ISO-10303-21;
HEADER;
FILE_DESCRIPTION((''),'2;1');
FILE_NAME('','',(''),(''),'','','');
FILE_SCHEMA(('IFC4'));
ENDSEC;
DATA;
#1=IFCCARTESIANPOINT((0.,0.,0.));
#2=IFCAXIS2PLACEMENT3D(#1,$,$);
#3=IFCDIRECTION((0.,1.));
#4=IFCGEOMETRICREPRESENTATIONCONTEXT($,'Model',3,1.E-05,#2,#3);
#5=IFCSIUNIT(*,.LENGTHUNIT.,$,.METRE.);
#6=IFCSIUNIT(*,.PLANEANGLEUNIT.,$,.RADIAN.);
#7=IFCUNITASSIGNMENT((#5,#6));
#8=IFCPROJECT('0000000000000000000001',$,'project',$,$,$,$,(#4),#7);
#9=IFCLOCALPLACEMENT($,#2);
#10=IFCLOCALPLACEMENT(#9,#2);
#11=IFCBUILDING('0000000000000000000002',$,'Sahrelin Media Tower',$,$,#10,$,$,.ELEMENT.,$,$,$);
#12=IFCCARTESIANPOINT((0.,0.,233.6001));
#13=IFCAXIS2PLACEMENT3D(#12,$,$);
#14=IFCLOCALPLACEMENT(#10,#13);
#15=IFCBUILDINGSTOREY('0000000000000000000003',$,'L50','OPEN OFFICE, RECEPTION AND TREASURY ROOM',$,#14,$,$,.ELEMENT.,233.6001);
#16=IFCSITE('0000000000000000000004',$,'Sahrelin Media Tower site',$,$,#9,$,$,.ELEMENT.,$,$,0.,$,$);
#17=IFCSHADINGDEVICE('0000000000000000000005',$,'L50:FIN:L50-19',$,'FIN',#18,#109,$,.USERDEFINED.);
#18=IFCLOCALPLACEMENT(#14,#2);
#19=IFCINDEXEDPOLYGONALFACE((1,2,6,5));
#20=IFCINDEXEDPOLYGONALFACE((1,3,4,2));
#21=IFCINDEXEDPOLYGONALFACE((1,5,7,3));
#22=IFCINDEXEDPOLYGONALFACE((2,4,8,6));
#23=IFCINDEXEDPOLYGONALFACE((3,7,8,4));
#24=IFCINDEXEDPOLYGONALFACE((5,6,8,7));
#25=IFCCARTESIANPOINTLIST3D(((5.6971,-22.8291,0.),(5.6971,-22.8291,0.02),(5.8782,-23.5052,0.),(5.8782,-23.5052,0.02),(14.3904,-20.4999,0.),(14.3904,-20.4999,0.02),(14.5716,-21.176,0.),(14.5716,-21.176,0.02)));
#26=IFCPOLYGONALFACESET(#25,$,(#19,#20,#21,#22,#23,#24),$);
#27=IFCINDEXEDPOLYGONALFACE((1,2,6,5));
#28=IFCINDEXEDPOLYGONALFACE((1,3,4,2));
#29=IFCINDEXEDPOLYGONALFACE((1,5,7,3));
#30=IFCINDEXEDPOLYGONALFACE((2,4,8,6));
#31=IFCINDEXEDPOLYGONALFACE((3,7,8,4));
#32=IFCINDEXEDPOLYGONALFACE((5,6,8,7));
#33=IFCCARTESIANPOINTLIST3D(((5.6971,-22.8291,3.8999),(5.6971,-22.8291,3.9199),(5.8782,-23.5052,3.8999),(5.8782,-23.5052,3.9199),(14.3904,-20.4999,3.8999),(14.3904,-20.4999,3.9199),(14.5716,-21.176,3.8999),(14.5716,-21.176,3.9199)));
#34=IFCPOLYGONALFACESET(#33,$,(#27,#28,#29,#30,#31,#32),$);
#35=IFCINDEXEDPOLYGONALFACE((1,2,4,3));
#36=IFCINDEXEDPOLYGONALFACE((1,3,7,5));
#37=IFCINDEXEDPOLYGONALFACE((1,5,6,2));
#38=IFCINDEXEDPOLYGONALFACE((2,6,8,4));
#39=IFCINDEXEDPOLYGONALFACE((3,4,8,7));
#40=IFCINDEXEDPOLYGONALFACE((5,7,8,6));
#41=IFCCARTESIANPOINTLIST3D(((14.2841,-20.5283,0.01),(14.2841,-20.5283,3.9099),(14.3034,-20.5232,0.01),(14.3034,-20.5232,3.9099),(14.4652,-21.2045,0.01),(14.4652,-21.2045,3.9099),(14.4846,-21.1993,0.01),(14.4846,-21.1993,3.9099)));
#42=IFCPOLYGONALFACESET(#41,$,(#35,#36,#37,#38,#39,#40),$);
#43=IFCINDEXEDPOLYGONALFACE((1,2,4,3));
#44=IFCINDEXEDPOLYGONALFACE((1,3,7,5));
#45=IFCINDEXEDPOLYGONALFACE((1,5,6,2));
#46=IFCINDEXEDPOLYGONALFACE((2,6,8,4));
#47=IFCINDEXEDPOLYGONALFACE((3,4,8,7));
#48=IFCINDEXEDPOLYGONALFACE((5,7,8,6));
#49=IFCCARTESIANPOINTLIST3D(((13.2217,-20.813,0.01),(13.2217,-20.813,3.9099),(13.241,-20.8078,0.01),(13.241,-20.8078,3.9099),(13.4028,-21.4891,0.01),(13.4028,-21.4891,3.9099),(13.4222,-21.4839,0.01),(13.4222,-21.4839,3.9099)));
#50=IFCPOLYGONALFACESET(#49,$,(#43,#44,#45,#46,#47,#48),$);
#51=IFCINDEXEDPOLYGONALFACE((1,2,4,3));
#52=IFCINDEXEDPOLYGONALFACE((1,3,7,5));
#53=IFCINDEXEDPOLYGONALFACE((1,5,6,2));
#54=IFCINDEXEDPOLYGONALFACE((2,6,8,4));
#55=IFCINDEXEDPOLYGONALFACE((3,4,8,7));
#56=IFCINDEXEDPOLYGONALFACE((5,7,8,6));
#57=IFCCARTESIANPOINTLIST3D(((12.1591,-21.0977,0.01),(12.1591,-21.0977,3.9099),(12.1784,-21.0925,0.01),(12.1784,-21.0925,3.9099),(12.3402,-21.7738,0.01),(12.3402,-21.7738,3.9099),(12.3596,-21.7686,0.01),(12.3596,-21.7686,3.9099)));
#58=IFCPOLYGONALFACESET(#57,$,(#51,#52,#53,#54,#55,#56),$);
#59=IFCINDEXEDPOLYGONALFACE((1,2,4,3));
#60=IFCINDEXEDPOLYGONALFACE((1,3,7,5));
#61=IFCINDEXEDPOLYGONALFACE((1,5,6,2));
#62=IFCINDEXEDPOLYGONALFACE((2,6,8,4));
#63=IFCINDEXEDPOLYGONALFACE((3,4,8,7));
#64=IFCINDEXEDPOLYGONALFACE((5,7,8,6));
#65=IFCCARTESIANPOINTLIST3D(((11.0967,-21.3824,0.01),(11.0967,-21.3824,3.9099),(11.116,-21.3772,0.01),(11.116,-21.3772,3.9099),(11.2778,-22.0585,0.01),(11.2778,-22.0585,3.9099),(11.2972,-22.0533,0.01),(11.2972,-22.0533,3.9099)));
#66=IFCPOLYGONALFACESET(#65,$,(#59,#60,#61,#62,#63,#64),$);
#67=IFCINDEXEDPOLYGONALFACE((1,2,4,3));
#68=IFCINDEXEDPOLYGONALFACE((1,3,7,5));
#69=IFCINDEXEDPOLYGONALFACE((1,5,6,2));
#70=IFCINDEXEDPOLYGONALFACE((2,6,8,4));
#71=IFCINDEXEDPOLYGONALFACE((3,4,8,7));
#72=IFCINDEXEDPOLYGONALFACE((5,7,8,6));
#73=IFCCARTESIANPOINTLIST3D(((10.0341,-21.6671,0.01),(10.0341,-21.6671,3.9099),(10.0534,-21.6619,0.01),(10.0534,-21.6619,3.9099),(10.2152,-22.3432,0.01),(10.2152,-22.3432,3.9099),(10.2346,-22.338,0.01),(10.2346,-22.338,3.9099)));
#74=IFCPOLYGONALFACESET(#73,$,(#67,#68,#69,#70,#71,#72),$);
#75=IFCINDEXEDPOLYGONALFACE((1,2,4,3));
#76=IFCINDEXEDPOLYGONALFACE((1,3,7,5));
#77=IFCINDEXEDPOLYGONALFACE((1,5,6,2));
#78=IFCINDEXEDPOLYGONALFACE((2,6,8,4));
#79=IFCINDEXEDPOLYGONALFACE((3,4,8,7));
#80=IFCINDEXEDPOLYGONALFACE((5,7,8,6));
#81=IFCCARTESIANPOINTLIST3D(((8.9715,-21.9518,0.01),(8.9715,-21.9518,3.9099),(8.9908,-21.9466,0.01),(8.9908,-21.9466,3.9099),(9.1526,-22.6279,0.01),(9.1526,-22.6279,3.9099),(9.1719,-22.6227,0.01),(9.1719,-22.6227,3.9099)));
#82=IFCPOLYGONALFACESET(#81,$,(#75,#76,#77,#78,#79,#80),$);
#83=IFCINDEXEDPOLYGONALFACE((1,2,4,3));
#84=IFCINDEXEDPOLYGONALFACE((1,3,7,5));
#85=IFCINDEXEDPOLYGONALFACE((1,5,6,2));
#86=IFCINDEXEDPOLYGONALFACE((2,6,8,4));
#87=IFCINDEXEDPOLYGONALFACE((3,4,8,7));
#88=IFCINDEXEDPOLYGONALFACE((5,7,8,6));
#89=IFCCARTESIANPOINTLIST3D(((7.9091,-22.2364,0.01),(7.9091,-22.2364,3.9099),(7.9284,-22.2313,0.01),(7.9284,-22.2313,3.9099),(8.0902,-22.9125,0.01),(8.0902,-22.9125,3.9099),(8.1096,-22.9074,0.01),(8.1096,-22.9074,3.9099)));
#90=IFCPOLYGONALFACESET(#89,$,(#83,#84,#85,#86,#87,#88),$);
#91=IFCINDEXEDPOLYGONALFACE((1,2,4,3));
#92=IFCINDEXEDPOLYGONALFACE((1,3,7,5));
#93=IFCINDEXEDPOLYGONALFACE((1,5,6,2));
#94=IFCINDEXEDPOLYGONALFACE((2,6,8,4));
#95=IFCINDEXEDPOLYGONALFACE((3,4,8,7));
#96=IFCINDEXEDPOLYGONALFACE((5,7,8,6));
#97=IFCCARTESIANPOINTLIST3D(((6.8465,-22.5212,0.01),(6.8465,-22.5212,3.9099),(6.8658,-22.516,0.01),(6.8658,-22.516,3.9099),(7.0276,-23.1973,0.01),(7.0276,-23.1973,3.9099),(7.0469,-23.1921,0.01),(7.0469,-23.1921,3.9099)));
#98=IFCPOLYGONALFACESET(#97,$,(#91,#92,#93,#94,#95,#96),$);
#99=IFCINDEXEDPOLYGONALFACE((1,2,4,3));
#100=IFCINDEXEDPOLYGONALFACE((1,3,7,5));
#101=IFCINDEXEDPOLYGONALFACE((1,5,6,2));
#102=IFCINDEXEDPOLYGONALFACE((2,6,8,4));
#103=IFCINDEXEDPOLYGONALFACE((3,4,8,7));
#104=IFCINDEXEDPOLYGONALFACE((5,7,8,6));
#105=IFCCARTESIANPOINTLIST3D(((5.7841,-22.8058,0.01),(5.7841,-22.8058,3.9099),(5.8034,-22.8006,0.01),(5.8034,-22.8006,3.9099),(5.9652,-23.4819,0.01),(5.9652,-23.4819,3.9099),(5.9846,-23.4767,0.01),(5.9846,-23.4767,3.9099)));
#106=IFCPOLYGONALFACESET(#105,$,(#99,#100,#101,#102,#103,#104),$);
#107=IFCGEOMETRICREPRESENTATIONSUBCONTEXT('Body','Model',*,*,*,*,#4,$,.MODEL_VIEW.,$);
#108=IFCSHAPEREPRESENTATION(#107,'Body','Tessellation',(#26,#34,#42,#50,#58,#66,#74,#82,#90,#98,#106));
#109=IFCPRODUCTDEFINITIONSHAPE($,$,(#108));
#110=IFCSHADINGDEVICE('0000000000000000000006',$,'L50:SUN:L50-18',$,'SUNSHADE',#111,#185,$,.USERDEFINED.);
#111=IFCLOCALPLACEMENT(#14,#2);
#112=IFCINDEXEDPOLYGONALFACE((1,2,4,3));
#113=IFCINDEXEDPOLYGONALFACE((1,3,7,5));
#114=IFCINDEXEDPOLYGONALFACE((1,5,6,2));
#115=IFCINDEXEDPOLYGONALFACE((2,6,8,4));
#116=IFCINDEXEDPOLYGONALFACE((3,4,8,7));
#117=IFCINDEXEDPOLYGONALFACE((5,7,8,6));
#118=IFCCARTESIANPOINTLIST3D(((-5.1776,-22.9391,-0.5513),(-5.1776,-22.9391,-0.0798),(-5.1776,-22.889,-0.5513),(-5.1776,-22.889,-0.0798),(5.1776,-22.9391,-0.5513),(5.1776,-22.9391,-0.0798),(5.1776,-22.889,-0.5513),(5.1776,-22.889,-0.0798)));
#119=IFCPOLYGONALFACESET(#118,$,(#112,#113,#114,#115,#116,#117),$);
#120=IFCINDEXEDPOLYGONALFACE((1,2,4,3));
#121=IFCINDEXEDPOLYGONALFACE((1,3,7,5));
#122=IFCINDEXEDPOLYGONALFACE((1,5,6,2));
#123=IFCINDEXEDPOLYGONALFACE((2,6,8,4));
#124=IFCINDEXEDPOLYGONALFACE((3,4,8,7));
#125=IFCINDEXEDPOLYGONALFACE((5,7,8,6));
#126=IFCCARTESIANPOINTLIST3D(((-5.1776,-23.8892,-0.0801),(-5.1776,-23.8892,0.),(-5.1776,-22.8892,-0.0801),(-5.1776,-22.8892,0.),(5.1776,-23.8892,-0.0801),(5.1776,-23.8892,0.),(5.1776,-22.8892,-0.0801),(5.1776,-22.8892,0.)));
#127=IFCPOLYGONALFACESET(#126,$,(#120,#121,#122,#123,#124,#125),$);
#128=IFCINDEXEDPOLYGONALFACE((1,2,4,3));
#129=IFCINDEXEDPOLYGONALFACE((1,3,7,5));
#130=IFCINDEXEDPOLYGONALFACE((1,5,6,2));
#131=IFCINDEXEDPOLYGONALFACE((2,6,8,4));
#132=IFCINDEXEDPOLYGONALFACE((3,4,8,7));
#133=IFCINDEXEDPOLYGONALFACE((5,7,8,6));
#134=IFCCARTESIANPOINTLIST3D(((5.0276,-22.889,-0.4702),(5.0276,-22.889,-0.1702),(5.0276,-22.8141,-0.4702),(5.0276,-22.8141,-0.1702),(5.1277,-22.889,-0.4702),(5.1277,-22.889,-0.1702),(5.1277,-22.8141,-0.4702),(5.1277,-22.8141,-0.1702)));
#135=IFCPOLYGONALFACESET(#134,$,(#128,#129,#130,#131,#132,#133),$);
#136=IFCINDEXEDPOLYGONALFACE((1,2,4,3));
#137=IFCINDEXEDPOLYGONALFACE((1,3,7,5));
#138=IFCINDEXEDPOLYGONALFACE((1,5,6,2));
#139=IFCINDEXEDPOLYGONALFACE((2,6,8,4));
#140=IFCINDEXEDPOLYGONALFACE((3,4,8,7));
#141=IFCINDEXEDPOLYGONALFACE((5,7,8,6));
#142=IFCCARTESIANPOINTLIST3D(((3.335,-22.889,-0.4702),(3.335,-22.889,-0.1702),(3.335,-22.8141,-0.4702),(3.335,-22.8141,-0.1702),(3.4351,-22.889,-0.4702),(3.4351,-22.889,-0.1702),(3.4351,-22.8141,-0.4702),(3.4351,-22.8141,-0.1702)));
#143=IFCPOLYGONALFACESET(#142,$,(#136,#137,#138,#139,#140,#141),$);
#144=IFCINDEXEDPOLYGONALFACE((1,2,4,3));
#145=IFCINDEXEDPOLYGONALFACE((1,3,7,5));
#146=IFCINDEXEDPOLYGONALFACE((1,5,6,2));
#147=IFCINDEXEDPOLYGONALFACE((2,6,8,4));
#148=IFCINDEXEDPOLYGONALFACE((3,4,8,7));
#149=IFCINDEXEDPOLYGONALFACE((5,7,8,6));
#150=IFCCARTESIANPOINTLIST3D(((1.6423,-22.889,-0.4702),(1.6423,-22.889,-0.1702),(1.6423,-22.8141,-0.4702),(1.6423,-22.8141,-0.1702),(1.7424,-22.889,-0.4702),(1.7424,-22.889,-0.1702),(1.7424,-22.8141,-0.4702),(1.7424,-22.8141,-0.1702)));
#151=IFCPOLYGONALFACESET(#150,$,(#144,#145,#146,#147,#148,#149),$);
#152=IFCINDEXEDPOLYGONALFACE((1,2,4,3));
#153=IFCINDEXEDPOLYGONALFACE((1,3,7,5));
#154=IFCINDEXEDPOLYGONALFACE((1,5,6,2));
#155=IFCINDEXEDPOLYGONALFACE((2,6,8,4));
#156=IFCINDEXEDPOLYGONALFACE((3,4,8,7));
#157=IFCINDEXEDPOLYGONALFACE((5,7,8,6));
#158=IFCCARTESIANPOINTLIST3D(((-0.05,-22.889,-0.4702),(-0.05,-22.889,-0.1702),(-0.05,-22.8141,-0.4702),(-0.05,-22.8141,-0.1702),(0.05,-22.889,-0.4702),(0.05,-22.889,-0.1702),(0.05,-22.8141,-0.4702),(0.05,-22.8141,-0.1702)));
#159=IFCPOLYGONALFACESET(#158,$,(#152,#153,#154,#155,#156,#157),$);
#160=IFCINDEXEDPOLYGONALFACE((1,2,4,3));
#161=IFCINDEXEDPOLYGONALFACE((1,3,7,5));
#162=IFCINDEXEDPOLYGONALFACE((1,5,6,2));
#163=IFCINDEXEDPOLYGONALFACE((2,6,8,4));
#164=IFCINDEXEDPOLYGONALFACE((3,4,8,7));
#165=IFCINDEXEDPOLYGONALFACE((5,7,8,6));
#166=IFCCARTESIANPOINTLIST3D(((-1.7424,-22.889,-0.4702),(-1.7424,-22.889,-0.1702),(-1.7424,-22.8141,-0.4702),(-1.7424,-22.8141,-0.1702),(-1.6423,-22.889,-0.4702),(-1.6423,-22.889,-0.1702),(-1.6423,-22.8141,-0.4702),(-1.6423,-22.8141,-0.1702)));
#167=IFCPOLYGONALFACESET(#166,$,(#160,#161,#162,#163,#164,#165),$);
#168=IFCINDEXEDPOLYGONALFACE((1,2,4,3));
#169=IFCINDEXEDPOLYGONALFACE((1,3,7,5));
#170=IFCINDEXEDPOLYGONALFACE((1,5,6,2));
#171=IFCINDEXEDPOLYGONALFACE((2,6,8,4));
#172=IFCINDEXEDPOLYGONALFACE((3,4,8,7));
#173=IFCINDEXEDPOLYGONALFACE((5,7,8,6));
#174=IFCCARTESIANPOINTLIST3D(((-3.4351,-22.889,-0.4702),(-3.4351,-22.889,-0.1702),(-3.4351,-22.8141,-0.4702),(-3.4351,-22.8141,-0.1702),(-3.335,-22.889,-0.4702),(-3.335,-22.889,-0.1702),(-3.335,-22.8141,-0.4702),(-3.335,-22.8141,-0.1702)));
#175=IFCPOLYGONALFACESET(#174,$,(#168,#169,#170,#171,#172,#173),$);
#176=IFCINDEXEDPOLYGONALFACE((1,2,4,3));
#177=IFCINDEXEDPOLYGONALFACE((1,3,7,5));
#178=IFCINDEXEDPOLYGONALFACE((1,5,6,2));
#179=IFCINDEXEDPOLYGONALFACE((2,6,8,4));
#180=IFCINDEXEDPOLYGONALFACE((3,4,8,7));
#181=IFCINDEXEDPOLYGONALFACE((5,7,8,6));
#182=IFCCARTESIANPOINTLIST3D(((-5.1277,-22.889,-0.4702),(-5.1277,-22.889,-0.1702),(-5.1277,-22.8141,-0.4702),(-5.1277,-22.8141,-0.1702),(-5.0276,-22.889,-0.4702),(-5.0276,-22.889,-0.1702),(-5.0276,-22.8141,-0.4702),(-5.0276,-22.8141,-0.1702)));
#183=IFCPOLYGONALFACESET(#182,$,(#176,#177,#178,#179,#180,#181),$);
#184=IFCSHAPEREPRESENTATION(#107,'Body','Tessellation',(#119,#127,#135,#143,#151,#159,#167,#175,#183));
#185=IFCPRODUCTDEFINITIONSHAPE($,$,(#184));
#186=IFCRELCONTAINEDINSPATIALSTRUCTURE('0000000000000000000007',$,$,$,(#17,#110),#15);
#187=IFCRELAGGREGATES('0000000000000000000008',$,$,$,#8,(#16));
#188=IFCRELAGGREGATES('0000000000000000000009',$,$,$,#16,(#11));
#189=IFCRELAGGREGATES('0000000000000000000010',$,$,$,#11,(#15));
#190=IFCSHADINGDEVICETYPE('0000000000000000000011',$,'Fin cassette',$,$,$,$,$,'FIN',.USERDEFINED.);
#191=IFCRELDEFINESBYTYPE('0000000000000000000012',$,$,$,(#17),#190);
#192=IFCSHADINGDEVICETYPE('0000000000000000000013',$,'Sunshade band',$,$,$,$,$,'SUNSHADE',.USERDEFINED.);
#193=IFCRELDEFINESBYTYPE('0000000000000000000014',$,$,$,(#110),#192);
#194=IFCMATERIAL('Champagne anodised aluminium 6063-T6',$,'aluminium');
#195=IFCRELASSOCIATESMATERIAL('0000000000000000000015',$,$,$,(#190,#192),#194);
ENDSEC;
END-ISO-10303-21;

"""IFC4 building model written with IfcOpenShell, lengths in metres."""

from ifc_helpers import new_model, si_unit, direction, frame, origin, origin_2d, place, context, subcontext, project, spatial, rectangle, extrude, material, type_object, element, save


model = new_model("IFC4")

# Units and contexts
model_context = context("Model", 3, precision=1e-05, world=origin(), true_north=direction((0.0, 1.0)))
body_context = subcontext(model_context, "Body", "Model", "MODEL_VIEW")
ifc_project = project(units=[si_unit("LENGTHUNIT", "METRE"), si_unit("PLANEANGLEUNIT", "RADIAN")], contexts=[model_context])

# Site, building, storey
site_placement = place(None, origin())
site = spatial("IfcSite", under=ifc_project, at=site_placement, Name="Sahrelin Media Tower site", CompositionType="ELEMENT", RefElevation=0.0)
building_placement = place(site_placement, origin())
building = spatial("IfcBuilding", under=site, at=building_placement, Name="Sahrelin Media Tower", CompositionType="ELEMENT")
storey_placement = place(building_placement, frame((0.0, 0.0, 233.6001)))
storey = spatial("IfcBuildingStorey", under=building, at=storey_placement, Name="L50", Description="OPEN OFFICE, RECEPTION AND TREASURY ROOM", CompositionType="ELEMENT", Elevation=233.6001)

# Shared definitions
ifc_material_1 = material(Name="Champagne anodised aluminium 6063-T6", Category="aluminium")

# Shading devices
shading_device_type_1 = type_object("IfcShadingDeviceType", Name="Fin cassette", ElementType="FIN", PredefinedType="USERDEFINED", material=ifc_material_1)
placement_1 = place(storey_placement, frame((0.0, -22.8691, 0.0), z_axis=(0.0, 0.0, 1.0), x_axis=(-1.0, 0.0, 0.0)))
placement_2 = place(storey_placement, frame((10.0256, -21.5969, 0.0), z_axis=(0.0, 0.0, 1.0), x_axis=(-0.965929, -0.258808, 0.0)))
element("IfcShadingDevice", 1, at=placement_2, inside=storey, type_object=shading_device_type_1, Name="L50:FIN:L50-19", ObjectType="FIN", PredefinedType="USERDEFINED", context=body_context, shape_type="SweptSolid", body=[
    extrude(rectangle(XDim=9.0, YDim=0.7, at=origin_2d()), frame((0.0, 0.4199, 0.0)), (0.0, 0.0, 1.0), 0.02),
    extrude(rectangle(XDim=9.0, YDim=0.7, at=origin_2d()), frame((0.0, 0.4199, 3.8999)), (0.0, 0.0, 1.0), 0.02),
    extrude(rectangle(XDim=0.02, YDim=0.7, at=origin_2d()), frame((-4.3999, 0.4199, 0.01), z_axis=(0.0, 0.0, 1.0), x_axis=(1.0, 0.0, 0.0)), (0.0, 0.0, 1.0), 3.8999),
    extrude(rectangle(XDim=0.02, YDim=0.7, at=origin_2d()), frame((-3.3, 0.4199, 0.01), z_axis=(0.0, 0.0, 1.0), x_axis=(1.0, 0.0, 0.0)), (0.0, 0.0, 1.0), 3.8999),
    extrude(rectangle(XDim=0.02, YDim=0.7, at=origin_2d()), frame((-2.2, 0.4199, 0.01), z_axis=(0.0, 0.0, 1.0), x_axis=(1.0, 0.0, 0.0)), (0.0, 0.0, 1.0), 3.8999),
    extrude(rectangle(XDim=0.02, YDim=0.7, at=origin_2d()), frame((-1.1001, 0.4199, 0.01), z_axis=(0.0, 0.0, 1.0), x_axis=(1.0, 0.0, 0.0)), (0.0, 0.0, 1.0), 3.8999),
    extrude(rectangle(XDim=0.02, YDim=0.7, at=origin_2d()), frame((0.0, 0.4199, 0.01), z_axis=(0.0, 0.0, 1.0), x_axis=(1.0, 0.0, 0.0)), (0.0, 0.0, 1.0), 3.8999),
    extrude(rectangle(XDim=0.02, YDim=0.7, at=origin_2d()), frame((1.1001, 0.4199, 0.01), z_axis=(0.0, 0.0, 1.0), x_axis=(1.0, 0.0, 0.0)), (0.0, 0.0, 1.0), 3.8999),
    extrude(rectangle(XDim=0.02, YDim=0.7, at=origin_2d()), frame((2.2, 0.4199, 0.01), z_axis=(0.0, 0.0, 1.0), x_axis=(1.0, 0.0, 0.0)), (0.0, 0.0, 1.0), 3.8999),
    extrude(rectangle(XDim=0.02, YDim=0.7, at=origin_2d()), frame((3.3, 0.4199, 0.01), z_axis=(0.0, 0.0, 1.0), x_axis=(1.0, 0.0, 0.0)), (0.0, 0.0, 1.0), 3.8999),
    extrude(rectangle(XDim=0.02, YDim=0.7, at=origin_2d()), frame((4.3999, 0.4199, 0.01), z_axis=(0.0, 0.0, 1.0), x_axis=(1.0, 0.0, 0.0)), (0.0, 0.0, 1.0), 3.8999),
])
shading_device_type_2 = type_object("IfcShadingDeviceType", Name="Sunshade band", ElementType="SUNSHADE", PredefinedType="USERDEFINED", material=ifc_material_1)
element("IfcShadingDevice", 2, at=placement_1, inside=storey, type_object=shading_device_type_2, Name="L50:SUN:L50-18", ObjectType="SUNSHADE", PredefinedType="USERDEFINED", context=body_context, shape_type="SweptSolid", body=[
    extrude(rectangle(XDim=10.3552, YDim=0.05, at=origin_2d()), frame((0.0, 0.0449, -0.5513)), (0.0, 0.0, 1.0), 0.4714),
    extrude(rectangle(XDim=10.3552, YDim=1.0, at=origin_2d()), frame((0.0, 0.52, -0.0801)), (0.0, 0.0, 1.0), 0.0801),
    extrude(rectangle(XDim=0.1001, YDim=0.075, at=origin_2d()), frame((-5.0776, -0.0176, -0.4702)), (0.0, 0.0, 1.0), 0.3),
    extrude(rectangle(XDim=0.1001, YDim=0.075, at=origin_2d()), frame((-3.385, -0.0176, -0.4702)), (0.0, 0.0, 1.0), 0.3),
    extrude(rectangle(XDim=0.1001, YDim=0.075, at=origin_2d()), frame((-1.6924, -0.0176, -0.4702)), (0.0, 0.0, 1.0), 0.3),
    extrude(rectangle(XDim=0.1001, YDim=0.075, at=origin_2d()), frame((0.0, -0.0176, -0.4702)), (0.0, 0.0, 1.0), 0.3),
    extrude(rectangle(XDim=0.1001, YDim=0.075, at=origin_2d()), frame((1.6924, -0.0176, -0.4702)), (0.0, 0.0, 1.0), 0.3),
    extrude(rectangle(XDim=0.1001, YDim=0.075, at=origin_2d()), frame((3.385, -0.0176, -0.4702)), (0.0, 0.0, 1.0), 0.3),
    extrude(rectangle(XDim=0.1001, YDim=0.075, at=origin_2d()), frame((5.0776, -0.0176, -0.4702)), (0.0, 0.0, 1.0), 0.3),
])

save(model, "model.ifc")
